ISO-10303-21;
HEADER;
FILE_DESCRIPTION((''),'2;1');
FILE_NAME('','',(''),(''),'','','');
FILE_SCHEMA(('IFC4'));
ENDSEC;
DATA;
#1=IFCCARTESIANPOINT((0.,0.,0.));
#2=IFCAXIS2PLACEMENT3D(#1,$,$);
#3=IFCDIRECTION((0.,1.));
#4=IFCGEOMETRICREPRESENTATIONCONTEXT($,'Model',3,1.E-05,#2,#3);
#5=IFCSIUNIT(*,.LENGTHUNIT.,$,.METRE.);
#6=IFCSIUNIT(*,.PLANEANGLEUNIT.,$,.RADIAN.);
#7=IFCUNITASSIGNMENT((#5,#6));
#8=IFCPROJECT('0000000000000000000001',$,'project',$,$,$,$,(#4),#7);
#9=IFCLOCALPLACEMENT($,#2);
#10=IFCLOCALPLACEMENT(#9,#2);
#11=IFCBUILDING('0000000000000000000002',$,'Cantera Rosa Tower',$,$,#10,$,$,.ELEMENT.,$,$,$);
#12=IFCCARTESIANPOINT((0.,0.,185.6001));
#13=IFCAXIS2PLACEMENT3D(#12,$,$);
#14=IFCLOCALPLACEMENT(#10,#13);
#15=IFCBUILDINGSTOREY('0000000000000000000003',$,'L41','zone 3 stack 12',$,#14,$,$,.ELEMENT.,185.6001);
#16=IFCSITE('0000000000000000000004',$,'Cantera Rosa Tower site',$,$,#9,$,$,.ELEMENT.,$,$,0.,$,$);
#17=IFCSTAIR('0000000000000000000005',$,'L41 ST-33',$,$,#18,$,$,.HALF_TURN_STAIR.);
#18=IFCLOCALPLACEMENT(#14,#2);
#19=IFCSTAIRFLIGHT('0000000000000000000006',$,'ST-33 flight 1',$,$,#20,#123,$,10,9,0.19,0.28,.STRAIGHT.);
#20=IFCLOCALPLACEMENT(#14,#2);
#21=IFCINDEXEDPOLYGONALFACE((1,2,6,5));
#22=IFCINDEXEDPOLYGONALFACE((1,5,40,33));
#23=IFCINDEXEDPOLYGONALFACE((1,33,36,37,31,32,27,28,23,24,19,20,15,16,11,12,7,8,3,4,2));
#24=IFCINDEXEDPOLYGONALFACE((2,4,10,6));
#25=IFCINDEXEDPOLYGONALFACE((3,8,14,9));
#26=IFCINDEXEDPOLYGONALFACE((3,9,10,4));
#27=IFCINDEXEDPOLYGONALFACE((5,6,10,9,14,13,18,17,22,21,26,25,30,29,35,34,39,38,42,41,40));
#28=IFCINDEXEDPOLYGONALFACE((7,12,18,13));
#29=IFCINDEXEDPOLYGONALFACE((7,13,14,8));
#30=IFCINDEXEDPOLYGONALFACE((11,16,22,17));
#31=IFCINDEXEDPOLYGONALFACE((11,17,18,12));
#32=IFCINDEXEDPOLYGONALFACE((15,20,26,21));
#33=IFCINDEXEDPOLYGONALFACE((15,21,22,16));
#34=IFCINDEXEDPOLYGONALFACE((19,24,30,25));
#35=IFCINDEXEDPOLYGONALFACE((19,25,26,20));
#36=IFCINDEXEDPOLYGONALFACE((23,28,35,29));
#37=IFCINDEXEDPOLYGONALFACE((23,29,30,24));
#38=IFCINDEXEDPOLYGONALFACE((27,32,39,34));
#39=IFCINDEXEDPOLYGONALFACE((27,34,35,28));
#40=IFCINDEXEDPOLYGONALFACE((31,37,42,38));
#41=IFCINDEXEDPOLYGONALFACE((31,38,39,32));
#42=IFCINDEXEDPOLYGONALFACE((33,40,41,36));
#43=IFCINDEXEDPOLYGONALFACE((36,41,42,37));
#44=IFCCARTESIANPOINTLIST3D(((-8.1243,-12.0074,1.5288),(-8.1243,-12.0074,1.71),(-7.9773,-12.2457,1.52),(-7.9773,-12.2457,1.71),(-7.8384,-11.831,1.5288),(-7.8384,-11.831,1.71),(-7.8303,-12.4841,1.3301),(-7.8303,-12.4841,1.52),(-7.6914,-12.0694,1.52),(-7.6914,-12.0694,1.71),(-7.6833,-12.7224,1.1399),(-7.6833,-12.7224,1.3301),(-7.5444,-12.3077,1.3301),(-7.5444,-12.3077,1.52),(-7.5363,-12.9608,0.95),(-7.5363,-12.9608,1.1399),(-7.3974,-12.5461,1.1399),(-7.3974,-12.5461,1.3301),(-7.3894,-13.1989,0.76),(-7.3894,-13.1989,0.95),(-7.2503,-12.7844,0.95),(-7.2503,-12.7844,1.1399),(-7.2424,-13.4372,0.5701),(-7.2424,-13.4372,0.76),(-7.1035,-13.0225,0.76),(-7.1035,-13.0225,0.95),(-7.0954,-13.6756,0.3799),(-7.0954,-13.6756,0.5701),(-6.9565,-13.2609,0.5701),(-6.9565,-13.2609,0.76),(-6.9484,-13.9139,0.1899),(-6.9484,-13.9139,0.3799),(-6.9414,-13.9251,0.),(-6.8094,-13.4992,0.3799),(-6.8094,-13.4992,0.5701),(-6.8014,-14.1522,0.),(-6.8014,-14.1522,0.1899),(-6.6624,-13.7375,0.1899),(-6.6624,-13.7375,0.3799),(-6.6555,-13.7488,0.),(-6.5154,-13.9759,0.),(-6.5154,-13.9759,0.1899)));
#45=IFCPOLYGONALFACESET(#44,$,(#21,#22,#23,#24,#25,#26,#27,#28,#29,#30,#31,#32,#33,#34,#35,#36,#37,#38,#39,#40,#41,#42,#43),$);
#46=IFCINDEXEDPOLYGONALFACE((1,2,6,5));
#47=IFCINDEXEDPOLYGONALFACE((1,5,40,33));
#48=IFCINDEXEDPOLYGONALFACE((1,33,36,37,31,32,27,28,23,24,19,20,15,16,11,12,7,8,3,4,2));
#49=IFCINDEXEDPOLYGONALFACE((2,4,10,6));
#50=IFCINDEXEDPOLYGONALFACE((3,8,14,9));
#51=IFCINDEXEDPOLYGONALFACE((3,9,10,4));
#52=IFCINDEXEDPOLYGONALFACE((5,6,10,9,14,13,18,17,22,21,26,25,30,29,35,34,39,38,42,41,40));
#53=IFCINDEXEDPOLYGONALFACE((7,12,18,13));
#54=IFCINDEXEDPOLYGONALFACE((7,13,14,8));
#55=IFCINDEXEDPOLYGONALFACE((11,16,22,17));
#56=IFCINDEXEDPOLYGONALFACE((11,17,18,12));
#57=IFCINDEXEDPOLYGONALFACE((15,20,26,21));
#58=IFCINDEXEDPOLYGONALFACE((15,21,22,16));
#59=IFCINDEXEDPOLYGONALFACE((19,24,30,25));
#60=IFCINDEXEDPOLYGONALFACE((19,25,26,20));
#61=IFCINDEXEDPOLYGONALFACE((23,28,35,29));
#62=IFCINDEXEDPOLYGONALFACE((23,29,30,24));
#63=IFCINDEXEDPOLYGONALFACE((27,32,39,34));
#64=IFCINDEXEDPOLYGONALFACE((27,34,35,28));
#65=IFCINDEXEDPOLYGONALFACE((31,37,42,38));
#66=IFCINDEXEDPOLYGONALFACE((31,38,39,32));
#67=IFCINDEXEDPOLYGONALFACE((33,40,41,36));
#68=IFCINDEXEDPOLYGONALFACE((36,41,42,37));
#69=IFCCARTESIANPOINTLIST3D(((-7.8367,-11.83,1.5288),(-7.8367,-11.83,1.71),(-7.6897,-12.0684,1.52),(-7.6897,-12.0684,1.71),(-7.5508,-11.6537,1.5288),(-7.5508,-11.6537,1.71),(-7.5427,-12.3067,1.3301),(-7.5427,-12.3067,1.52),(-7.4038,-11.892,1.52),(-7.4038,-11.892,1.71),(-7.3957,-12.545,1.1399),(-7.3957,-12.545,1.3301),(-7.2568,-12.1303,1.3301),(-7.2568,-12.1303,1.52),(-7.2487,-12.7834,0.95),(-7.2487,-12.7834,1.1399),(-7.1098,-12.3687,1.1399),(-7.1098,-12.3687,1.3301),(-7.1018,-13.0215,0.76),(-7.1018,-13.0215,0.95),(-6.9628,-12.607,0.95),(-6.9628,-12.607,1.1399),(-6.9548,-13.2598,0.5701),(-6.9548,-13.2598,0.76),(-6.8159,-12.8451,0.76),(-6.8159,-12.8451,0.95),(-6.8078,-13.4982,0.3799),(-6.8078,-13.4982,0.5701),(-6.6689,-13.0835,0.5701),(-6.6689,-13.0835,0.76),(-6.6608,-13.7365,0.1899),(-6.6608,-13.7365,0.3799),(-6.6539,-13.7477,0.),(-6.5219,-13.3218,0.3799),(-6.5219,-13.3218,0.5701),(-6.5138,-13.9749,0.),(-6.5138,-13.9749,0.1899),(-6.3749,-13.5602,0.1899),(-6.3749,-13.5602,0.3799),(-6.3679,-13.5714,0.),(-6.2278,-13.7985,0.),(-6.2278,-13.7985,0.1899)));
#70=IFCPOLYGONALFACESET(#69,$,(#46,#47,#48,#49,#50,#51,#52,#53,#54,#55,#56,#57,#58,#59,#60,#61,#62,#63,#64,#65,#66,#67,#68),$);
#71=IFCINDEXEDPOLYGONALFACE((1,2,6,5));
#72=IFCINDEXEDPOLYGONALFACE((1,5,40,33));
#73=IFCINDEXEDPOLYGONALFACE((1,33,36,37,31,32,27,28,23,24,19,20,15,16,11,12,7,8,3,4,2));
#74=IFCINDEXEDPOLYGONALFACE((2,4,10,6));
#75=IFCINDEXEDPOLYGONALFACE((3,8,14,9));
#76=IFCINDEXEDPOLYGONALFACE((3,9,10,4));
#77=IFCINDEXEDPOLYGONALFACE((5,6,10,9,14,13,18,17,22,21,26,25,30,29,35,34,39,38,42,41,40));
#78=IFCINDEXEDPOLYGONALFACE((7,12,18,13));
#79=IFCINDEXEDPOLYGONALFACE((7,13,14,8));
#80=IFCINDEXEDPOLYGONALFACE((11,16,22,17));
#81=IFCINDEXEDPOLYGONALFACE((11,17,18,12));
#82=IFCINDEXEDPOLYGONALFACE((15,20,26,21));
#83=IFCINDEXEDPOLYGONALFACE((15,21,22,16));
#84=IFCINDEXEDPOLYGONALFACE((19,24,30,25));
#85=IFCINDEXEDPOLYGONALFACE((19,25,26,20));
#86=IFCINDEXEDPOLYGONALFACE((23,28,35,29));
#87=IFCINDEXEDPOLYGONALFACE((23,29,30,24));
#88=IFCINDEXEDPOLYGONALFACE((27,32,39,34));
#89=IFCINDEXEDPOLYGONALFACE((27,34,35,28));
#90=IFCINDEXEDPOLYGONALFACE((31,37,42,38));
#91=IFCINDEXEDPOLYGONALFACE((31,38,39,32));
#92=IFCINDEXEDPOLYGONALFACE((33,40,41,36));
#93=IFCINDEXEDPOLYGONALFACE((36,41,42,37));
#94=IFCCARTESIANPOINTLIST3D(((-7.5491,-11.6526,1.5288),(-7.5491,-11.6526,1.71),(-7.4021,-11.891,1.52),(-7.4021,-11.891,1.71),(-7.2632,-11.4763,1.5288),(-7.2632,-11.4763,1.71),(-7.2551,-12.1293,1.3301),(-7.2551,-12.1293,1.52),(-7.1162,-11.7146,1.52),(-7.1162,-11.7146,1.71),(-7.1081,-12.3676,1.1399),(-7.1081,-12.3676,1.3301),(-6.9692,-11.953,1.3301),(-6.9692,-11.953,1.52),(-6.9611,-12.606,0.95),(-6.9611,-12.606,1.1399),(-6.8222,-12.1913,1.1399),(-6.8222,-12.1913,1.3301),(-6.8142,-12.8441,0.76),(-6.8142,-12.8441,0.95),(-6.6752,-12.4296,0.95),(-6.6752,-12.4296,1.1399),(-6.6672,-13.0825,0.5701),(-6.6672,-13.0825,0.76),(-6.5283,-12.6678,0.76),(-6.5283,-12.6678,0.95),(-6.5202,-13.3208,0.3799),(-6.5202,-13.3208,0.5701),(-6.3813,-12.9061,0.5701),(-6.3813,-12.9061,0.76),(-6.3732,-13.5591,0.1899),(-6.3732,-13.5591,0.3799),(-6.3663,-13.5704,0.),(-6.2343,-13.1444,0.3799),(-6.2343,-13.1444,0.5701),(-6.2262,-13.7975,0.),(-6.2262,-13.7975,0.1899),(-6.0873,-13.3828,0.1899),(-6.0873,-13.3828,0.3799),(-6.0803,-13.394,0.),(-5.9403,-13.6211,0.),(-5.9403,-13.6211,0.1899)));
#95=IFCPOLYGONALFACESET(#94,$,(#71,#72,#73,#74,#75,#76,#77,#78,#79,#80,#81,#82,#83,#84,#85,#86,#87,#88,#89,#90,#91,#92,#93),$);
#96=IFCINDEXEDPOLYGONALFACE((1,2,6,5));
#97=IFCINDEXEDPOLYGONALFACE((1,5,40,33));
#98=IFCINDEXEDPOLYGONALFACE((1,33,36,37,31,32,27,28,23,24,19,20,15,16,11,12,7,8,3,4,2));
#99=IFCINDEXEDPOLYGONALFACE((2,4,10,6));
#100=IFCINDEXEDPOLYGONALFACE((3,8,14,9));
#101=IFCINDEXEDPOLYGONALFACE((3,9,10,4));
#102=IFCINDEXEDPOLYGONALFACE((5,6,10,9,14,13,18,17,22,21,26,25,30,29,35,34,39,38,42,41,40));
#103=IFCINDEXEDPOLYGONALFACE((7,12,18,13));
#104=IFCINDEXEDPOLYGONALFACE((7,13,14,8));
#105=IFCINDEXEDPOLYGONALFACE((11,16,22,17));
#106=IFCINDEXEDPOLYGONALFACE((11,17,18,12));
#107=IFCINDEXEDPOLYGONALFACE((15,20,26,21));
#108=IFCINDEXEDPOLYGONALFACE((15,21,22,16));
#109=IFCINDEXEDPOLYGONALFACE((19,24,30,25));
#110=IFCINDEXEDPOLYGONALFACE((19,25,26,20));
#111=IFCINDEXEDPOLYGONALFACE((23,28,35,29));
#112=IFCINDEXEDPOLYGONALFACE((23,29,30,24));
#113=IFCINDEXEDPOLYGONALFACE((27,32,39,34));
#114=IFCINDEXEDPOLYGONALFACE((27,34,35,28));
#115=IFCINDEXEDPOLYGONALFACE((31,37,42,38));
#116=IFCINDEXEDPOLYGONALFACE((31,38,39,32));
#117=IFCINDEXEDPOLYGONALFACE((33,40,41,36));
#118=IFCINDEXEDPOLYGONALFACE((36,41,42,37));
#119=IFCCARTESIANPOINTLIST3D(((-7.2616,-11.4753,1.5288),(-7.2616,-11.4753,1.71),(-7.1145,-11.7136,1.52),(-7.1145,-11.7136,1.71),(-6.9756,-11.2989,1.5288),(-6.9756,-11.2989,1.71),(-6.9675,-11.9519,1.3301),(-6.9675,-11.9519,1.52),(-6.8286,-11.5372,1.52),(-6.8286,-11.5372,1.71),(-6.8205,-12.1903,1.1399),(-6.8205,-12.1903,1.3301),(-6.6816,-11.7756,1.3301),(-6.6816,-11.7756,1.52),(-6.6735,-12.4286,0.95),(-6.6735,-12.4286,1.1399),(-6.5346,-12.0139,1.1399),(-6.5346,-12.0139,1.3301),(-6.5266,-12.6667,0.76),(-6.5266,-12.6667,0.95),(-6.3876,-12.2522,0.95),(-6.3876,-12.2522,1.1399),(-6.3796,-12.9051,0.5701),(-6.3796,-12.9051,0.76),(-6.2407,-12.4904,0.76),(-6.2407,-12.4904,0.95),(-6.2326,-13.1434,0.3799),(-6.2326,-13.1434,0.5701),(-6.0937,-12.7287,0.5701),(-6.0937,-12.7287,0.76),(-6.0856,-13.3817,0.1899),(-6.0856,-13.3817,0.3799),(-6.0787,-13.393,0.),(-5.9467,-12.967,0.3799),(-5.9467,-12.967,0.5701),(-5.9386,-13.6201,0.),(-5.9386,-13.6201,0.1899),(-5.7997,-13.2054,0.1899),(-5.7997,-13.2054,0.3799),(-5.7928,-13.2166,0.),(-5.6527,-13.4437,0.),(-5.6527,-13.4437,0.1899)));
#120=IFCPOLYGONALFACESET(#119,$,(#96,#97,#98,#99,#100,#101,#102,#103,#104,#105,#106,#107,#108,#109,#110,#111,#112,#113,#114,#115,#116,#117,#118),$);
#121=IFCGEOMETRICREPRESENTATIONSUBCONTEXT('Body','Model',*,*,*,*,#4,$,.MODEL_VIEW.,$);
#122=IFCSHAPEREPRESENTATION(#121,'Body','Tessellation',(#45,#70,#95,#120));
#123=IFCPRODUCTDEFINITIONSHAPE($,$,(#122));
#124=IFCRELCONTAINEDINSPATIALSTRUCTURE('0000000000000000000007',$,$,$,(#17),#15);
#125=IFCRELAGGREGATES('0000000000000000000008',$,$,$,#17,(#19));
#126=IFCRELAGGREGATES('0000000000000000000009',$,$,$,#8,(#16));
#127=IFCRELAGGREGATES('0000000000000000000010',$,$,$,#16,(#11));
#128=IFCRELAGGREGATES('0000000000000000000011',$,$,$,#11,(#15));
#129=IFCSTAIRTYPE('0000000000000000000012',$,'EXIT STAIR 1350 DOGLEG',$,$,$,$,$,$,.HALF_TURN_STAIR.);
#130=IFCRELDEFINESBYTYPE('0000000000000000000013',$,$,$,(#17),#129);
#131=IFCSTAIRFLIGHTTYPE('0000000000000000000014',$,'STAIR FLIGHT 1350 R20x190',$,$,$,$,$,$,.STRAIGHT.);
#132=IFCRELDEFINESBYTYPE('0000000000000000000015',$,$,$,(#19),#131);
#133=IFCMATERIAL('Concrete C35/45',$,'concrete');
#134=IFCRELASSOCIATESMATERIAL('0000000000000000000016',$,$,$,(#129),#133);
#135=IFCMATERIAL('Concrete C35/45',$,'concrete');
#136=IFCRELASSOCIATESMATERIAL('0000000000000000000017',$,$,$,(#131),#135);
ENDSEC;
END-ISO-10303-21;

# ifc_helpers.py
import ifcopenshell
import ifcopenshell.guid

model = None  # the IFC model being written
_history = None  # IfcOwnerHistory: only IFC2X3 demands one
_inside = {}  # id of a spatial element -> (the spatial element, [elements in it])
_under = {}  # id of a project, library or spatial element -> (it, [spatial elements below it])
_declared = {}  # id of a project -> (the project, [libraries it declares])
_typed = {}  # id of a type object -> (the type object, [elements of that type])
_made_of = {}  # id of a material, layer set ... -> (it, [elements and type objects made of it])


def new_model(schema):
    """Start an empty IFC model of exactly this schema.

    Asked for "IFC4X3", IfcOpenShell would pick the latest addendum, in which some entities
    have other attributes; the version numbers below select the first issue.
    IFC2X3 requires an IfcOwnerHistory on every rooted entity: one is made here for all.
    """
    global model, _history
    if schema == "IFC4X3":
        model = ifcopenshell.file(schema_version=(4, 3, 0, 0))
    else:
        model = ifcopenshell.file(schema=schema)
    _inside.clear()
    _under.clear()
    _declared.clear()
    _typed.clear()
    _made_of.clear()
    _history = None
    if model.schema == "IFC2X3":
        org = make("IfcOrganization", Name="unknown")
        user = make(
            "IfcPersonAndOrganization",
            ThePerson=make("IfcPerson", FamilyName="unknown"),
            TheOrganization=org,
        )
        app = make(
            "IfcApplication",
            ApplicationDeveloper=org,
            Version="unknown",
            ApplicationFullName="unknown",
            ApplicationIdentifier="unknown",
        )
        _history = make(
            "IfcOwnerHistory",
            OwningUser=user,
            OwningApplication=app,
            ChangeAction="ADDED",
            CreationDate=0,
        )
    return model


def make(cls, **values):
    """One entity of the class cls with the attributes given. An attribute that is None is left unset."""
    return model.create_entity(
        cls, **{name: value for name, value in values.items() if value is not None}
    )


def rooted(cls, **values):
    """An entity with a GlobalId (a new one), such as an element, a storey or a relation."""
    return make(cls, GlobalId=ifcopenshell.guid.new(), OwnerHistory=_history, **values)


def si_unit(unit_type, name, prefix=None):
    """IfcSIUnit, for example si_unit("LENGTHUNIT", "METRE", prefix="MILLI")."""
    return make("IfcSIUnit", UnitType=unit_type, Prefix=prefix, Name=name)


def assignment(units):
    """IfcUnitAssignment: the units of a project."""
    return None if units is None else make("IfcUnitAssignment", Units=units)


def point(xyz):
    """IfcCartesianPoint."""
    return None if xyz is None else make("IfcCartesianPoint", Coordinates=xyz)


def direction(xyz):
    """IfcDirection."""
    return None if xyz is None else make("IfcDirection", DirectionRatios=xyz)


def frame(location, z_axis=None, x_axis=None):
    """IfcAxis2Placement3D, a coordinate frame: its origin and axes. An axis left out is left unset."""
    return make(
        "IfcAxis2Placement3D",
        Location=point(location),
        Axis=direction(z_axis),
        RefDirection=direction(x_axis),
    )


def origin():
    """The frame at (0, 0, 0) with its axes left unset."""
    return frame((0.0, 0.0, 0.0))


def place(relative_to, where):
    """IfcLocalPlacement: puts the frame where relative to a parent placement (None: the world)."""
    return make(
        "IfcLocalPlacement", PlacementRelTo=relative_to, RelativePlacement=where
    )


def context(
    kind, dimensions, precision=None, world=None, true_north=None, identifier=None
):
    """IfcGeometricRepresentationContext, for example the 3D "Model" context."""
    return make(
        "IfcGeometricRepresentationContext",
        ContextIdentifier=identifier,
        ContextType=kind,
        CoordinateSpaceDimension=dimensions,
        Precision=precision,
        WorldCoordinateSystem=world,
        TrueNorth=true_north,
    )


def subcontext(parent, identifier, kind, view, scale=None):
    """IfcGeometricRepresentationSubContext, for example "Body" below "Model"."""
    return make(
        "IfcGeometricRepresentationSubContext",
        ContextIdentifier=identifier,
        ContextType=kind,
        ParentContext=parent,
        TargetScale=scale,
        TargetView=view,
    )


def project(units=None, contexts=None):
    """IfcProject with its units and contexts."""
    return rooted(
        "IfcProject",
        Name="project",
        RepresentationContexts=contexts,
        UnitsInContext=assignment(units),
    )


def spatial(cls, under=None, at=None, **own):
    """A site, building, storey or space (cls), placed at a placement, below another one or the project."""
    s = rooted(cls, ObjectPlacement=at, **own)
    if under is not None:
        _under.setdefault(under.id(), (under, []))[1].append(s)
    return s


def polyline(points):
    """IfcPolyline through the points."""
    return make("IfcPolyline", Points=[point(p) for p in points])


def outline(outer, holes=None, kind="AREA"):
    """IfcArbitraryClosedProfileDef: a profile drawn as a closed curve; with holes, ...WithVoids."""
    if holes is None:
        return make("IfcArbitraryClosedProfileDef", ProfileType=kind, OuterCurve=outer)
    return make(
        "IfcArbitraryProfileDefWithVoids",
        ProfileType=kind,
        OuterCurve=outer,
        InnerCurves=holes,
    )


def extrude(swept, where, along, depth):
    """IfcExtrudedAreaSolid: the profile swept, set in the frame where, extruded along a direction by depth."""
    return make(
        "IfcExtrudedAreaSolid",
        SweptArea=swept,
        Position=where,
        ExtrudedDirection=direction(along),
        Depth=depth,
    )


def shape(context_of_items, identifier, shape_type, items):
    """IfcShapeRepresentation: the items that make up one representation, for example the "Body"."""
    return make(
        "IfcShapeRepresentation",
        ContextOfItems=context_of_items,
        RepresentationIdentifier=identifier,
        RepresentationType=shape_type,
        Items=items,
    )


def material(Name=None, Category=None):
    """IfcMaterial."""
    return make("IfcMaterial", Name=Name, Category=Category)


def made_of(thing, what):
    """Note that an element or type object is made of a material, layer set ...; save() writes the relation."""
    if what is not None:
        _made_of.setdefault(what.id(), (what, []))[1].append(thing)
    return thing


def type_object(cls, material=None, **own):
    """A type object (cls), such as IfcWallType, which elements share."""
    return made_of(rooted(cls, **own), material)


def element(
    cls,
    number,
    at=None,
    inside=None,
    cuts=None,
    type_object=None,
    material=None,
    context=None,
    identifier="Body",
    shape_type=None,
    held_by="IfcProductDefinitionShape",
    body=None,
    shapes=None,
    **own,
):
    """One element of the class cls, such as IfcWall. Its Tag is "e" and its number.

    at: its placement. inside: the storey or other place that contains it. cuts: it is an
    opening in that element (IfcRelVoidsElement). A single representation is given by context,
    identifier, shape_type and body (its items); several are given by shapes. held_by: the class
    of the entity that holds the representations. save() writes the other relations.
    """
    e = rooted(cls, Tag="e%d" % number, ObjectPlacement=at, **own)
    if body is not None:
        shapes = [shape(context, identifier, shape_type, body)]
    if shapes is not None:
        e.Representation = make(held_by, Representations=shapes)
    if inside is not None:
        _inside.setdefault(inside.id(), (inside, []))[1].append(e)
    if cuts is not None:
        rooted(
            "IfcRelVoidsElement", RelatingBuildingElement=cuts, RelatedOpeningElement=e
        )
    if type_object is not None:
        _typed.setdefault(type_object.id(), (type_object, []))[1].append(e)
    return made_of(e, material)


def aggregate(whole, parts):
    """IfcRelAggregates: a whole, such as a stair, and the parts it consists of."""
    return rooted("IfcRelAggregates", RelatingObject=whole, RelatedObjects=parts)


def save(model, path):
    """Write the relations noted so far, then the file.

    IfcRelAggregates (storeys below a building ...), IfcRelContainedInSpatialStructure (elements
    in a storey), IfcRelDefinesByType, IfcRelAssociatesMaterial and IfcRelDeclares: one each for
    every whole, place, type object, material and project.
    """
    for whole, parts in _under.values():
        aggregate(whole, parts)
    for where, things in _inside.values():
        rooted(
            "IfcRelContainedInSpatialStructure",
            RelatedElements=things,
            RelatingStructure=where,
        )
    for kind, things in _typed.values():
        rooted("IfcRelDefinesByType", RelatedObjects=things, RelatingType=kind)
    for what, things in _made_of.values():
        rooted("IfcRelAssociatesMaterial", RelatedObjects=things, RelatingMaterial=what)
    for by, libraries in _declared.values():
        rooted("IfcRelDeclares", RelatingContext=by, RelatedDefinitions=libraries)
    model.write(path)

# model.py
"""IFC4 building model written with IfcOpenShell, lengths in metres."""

from ifc_helpers import new_model, si_unit, direction, frame, origin, place, context, subcontext, project, spatial, polyline, outline, extrude, material, type_object, element, aggregate, save


model = new_model("IFC4")

# Units and contexts
model_context = context("Model", 3, precision=1e-05, world=origin(), true_north=direction((0.0, 1.0)))
body_context = subcontext(model_context, "Body", "Model", "MODEL_VIEW")
ifc_project = project(units=[si_unit("LENGTHUNIT", "METRE"), si_unit("PLANEANGLEUNIT", "RADIAN")], contexts=[model_context])

# Site, building, storey
site_placement = place(None, origin())
site = spatial("IfcSite", under=ifc_project, at=site_placement, Name="Cantera Rosa Tower site", CompositionType="ELEMENT", RefElevation=0.0)
building_placement = place(site_placement, origin())
building = spatial("IfcBuilding", under=site, at=building_placement, Name="Cantera Rosa Tower", CompositionType="ELEMENT")
storey_placement = place(building_placement, frame((0.0, 0.0, 185.6001)))
storey = spatial("IfcBuildingStorey", under=building, at=storey_placement, Name="L41", Description="zone 3 stack 12", CompositionType="ELEMENT", Elevation=185.6001)

# Stair, stair flight
ifc_material_1 = material(Name="Concrete C35/45", Category="concrete")
stair_type = type_object("IfcStairType", Name="EXIT STAIR 1350 DOGLEG", PredefinedType="HALF_TURN_STAIR", material=ifc_material_1)
stair_placement = place(storey_placement, origin())
stair = element("IfcStair", 1, at=stair_placement, inside=storey, type_object=stair_type, Name="L41 ST-33", PredefinedType="HALF_TURN_STAIR")
ifc_material_2 = material(Name="Concrete C35/45", Category="concrete")
stair_flight_type = type_object("IfcStairFlightType", Name="STAIR FLIGHT 1350 R20x190", PredefinedType="STRAIGHT", material=ifc_material_2)
stair_flight_1_placement = place(storey_placement, frame((-6.2268, -13.7979, 0.0), z_axis=(0.0, 0.0, 1.0), x_axis=(-0.524977, 0.851117, 0.0)))
stair_flight_1 = element("IfcStairFlight", 2, at=stair_flight_1_placement, type_object=stair_flight_type, Name="ST-33 flight 1", NumberOfRisers=10, NumberOfTreads=9, PredefinedType="STRAIGHT", RiserHeight=0.19, TreadLength=0.28, context=body_context, shape_type="SweptSolid", body=[
    extrude(outline(polyline([(0.0, 0.0), (0.0, 0.1899), (0.28, 0.1899), (0.28, 0.3799), (0.5601, 0.3799), (0.5601, 0.5701), (0.8401, 0.5701), (0.8401, 0.76), (1.1201, 0.76), (1.1201, 0.95), (1.3999, 0.95), (1.3999, 1.1399), (1.6799, 1.1399), (1.6799, 1.3301), (1.96, 1.3301), (1.96, 1.52), (2.24, 1.52), (2.24, 1.71), (2.52, 1.71), (2.52, 1.8999), (2.52, 1.5288), (0.2668, 0.0), (0.0, 0.0)])), frame((0.0, 0.675, 0.0), z_axis=(0.0, -1.0, 0.0), x_axis=(1.0, 0.0, 0.0)), (0.0, 0.0, 1.0), 0.3359),
    extrude(outline(polyline([(0.0, 0.0), (0.0, 0.1899), (0.28, 0.1899), (0.28, 0.3799), (0.5601, 0.3799), (0.5601, 0.5701), (0.8401, 0.5701), (0.8401, 0.76), (1.1201, 0.76), (1.1201, 0.95), (1.3999, 0.95), (1.3999, 1.1399), (1.6799, 1.1399), (1.6799, 1.3301), (1.96, 1.3301), (1.96, 1.52), (2.24, 1.52), (2.24, 1.71), (2.52, 1.71), (2.52, 1.8999), (2.52, 1.5288), (0.2668, 0.0), (0.0, 0.0)])), frame((0.0, 0.3372, 0.0), z_axis=(0.0, -1.0, 0.0), x_axis=(1.0, 0.0, 0.0)), (0.0, 0.0, 1.0), 0.3359),
    extrude(outline(polyline([(0.0, 0.0), (0.0, 0.1899), (0.28, 0.1899), (0.28, 0.3799), (0.5601, 0.3799), (0.5601, 0.5701), (0.8401, 0.5701), (0.8401, 0.76), (1.1201, 0.76), (1.1201, 0.95), (1.3999, 0.95), (1.3999, 1.1399), (1.6799, 1.1399), (1.6799, 1.3301), (1.96, 1.3301), (1.96, 1.52), (2.24, 1.52), (2.24, 1.71), (2.52, 1.71), (2.52, 1.8999), (2.52, 1.5288), (0.2668, 0.0), (0.0, 0.0)])), frame((0.0, -0.0007, 0.0), z_axis=(0.0, -1.0, 0.0), x_axis=(1.0, 0.0, 0.0)), (0.0, 0.0, 1.0), 0.3359),
    extrude(outline(polyline([(0.0, 0.0), (0.0, 0.1899), (0.28, 0.1899), (0.28, 0.3799), (0.5601, 0.3799), (0.5601, 0.5701), (0.8401, 0.5701), (0.8401, 0.76), (1.1201, 0.76), (1.1201, 0.95), (1.3999, 0.95), (1.3999, 1.1399), (1.6799, 1.1399), (1.6799, 1.3301), (1.96, 1.3301), (1.96, 1.52), (2.24, 1.52), (2.24, 1.71), (2.52, 1.71), (2.52, 1.8999), (2.52, 1.5288), (0.2668, 0.0), (0.0, 0.0)])), frame((0.0, -0.3386, 0.0), z_axis=(0.0, -1.0, 0.0), x_axis=(1.0, 0.0, 0.0)), (0.0, 0.0, 1.0), 0.3359),
])
aggregate(stair, [stair_flight_1])

save(model, "model.ifc")
